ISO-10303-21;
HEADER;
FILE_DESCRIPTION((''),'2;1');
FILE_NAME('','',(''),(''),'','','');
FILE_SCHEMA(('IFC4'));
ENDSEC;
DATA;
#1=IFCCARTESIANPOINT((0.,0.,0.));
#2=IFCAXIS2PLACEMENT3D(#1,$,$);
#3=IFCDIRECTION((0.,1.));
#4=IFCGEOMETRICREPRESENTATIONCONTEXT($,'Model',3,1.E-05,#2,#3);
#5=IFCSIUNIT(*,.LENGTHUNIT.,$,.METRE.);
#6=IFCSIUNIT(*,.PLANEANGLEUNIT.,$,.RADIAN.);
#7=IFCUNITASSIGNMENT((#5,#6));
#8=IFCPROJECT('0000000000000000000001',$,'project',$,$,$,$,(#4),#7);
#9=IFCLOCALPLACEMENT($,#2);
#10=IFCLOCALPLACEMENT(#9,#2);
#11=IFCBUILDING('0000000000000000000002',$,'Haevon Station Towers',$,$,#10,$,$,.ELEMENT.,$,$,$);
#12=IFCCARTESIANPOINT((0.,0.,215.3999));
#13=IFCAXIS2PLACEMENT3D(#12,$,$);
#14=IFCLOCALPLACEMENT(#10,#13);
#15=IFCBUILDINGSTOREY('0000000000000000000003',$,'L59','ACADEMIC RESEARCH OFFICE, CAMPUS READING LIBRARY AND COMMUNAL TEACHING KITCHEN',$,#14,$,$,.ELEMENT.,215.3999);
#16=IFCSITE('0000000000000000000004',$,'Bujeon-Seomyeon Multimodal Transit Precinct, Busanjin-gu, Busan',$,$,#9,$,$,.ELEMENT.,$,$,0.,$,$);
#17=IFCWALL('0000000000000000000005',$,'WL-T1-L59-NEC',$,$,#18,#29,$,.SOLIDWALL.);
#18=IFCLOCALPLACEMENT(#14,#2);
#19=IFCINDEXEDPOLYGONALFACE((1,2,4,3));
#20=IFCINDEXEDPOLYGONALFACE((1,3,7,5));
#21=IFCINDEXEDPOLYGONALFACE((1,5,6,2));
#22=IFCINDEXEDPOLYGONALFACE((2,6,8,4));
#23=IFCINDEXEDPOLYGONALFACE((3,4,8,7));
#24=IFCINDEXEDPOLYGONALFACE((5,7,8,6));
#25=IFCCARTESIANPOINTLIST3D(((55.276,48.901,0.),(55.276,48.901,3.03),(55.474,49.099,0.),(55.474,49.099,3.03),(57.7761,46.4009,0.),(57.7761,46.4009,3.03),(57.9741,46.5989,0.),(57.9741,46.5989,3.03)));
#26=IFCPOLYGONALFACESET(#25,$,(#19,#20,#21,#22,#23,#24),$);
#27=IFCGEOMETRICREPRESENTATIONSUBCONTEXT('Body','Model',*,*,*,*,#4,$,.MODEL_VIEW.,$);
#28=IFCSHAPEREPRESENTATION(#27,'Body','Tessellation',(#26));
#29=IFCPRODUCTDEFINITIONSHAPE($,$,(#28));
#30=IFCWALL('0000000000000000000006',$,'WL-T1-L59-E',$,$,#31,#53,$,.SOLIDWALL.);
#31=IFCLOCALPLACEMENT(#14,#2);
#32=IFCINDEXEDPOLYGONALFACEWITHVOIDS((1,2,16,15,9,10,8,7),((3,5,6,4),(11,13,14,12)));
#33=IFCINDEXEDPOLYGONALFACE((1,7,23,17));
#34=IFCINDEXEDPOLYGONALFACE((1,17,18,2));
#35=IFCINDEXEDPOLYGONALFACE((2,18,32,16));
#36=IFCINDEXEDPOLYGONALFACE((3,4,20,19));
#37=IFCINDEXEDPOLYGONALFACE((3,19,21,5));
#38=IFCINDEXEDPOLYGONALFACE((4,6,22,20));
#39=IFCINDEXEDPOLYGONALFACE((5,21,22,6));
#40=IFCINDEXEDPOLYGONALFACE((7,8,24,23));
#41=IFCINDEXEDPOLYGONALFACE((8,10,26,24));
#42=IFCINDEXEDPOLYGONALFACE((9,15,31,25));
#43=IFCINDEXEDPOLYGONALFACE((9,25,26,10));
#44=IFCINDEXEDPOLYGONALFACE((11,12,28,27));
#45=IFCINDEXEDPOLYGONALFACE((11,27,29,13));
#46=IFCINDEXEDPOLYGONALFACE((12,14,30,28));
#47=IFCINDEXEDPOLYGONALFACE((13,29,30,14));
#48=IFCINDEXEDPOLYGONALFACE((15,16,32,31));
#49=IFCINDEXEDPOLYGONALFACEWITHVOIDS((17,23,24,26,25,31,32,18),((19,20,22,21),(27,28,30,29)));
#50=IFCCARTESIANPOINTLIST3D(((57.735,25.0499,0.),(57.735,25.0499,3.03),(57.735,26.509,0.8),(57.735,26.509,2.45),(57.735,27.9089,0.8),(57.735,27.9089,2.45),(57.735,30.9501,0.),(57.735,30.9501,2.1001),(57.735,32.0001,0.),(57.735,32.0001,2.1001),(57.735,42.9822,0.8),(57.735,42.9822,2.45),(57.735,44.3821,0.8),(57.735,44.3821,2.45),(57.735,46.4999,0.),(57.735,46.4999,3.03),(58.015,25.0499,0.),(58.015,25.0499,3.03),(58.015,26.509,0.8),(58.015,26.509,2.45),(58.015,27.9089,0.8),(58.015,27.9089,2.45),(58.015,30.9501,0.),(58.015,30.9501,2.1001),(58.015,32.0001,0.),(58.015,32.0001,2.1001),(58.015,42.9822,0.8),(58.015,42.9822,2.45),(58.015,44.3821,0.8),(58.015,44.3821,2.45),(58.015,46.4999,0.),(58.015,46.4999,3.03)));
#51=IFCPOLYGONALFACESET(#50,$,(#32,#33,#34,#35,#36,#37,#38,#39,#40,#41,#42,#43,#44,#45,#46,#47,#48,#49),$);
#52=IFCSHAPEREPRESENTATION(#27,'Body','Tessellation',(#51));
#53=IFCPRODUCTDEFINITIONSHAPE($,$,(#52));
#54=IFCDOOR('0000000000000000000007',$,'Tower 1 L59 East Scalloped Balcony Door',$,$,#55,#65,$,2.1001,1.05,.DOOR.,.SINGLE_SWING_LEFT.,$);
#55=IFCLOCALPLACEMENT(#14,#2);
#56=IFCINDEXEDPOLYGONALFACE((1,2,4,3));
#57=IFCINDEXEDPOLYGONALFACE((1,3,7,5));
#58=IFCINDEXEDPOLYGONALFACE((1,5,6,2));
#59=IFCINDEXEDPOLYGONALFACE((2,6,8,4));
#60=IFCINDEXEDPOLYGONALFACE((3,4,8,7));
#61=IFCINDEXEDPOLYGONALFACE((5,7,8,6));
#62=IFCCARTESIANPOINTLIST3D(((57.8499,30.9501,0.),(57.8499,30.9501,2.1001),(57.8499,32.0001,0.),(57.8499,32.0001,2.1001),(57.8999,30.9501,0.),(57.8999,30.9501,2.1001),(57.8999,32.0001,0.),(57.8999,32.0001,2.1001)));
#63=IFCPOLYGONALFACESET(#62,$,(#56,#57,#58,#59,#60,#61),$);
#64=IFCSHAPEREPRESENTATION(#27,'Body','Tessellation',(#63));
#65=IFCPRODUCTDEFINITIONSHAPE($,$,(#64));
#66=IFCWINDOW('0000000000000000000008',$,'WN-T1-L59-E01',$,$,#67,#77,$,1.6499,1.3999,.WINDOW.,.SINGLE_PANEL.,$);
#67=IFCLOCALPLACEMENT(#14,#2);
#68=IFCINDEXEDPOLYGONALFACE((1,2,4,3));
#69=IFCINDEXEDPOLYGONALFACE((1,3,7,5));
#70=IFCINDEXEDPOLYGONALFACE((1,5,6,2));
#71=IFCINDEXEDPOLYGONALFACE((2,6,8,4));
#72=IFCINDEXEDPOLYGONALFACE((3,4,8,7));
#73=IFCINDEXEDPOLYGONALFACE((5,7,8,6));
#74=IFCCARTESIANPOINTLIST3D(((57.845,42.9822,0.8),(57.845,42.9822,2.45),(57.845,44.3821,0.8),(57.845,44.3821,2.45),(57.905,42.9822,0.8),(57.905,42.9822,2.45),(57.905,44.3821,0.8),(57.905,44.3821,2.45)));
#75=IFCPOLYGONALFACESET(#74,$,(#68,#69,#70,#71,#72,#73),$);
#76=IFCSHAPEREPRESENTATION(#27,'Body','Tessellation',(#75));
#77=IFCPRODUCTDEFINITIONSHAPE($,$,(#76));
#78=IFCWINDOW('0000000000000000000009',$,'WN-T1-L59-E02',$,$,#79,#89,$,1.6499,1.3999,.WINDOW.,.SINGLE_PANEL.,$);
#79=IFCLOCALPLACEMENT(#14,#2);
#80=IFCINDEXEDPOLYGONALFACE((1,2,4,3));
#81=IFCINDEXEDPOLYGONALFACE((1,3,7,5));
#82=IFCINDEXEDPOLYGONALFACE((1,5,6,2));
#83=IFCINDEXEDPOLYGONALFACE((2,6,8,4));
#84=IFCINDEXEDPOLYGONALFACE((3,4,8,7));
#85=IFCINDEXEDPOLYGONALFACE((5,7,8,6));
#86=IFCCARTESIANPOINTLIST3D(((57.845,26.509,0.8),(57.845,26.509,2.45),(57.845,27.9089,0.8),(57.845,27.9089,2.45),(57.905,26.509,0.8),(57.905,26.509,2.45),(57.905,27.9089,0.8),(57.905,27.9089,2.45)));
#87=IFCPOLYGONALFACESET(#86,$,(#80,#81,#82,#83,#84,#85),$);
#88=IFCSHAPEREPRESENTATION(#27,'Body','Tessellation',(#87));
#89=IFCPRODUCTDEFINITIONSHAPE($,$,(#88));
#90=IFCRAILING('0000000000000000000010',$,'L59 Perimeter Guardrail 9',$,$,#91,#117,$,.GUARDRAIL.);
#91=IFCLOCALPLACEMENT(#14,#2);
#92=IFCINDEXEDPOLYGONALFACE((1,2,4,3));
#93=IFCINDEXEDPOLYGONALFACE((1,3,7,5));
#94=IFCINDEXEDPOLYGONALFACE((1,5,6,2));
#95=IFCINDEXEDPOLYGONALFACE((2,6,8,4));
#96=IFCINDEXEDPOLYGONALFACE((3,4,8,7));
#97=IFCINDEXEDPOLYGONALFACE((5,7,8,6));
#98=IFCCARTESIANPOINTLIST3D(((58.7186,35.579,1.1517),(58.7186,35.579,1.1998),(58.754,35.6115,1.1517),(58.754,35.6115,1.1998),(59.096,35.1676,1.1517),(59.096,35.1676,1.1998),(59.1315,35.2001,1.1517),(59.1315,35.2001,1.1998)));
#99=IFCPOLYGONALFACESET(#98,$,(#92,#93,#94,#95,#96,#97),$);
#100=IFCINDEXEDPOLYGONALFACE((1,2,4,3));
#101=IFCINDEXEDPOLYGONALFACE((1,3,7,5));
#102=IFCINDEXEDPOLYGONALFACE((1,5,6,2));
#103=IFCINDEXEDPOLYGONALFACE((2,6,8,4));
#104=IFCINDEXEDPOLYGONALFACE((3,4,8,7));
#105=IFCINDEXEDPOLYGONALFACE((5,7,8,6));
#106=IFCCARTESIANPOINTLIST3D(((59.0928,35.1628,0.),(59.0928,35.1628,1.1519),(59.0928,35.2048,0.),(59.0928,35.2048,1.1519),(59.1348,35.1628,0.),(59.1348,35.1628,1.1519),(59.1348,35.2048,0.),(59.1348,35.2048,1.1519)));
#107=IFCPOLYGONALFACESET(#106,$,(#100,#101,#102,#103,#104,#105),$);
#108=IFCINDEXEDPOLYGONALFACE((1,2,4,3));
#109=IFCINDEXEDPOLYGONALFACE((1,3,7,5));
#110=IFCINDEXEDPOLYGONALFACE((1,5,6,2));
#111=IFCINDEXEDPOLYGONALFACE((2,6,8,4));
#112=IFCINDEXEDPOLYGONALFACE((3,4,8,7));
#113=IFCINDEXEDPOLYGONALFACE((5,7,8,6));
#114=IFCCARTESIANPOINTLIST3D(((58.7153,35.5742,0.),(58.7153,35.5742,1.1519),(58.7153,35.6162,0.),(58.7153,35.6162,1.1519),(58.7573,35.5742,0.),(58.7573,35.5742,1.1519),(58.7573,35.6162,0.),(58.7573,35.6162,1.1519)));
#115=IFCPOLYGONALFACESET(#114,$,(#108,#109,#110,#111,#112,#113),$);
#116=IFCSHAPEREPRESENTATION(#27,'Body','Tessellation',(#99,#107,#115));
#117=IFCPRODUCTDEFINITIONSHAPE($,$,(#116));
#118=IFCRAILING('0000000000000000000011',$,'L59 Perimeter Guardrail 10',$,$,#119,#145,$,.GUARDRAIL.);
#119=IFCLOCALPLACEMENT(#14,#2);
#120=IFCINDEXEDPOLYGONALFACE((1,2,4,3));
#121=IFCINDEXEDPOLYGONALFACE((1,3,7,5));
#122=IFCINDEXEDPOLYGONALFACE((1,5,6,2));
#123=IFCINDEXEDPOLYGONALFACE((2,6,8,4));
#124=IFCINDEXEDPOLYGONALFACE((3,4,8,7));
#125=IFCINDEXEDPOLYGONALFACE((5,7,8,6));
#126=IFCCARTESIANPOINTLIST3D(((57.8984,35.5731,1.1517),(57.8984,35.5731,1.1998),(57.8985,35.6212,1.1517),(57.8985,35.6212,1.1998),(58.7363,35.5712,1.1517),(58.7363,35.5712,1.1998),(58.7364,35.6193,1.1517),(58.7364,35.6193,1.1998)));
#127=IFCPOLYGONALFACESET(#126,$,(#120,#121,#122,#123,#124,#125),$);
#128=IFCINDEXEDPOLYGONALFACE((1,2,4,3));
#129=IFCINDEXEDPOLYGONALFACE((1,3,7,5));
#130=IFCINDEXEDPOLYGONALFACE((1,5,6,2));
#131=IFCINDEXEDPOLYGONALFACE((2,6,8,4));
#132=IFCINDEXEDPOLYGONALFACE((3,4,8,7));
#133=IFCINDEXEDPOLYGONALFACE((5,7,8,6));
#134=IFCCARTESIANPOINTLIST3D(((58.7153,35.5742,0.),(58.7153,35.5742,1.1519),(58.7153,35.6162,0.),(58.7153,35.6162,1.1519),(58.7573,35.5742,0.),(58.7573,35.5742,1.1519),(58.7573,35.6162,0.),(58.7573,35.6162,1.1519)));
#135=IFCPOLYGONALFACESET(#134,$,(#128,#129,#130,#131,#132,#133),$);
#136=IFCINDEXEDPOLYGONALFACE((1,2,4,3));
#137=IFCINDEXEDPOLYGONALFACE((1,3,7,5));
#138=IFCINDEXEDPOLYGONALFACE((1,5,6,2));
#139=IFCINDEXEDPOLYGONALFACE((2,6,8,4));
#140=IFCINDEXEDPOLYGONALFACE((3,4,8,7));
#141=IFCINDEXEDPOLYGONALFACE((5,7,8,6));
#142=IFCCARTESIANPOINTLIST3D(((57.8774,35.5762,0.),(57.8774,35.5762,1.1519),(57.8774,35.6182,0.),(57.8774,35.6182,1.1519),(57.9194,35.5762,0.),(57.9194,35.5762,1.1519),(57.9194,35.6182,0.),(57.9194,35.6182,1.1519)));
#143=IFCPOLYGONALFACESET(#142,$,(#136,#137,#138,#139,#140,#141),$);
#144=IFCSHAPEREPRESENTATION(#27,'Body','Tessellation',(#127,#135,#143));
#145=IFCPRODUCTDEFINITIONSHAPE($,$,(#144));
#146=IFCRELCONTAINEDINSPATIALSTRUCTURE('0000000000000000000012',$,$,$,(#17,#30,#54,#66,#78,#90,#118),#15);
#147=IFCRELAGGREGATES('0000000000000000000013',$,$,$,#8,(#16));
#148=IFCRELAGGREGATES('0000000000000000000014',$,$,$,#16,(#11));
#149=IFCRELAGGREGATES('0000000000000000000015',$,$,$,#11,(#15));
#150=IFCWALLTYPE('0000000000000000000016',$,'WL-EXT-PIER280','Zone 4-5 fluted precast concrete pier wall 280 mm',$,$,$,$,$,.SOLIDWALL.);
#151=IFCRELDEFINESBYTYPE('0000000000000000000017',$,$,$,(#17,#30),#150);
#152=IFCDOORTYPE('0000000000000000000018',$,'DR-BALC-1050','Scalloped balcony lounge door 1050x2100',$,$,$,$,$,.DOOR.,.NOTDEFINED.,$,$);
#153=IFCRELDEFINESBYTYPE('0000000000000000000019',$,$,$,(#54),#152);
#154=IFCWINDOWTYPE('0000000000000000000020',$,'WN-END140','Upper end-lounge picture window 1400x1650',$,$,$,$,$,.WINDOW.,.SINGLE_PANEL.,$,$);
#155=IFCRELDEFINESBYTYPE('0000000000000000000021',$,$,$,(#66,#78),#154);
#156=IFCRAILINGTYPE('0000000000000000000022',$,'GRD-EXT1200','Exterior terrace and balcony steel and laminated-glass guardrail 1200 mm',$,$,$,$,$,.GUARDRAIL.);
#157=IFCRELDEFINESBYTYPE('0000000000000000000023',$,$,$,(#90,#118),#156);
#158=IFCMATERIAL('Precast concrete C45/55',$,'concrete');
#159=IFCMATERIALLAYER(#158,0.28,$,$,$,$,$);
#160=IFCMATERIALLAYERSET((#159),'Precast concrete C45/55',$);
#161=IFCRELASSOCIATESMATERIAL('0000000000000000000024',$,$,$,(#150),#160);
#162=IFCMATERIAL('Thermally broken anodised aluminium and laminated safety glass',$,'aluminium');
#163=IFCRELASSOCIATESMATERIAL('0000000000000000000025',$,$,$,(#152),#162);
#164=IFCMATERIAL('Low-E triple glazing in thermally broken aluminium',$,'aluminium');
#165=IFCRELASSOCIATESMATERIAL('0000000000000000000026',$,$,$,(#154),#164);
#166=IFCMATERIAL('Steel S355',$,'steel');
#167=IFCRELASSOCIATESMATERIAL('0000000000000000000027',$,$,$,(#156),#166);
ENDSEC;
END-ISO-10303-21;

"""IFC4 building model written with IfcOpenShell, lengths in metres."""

from ifc_helpers import new_model, si_unit, direction, frame, frame_2d, origin, origin_2d, place, context, subcontext, project, spatial, rectangle, extrude, material, layer, layer_set, type_object, element, fill, save


model = new_model("IFC4")

# Units and contexts
model_context = context("Model", 3, precision=1e-05, world=origin(), true_north=direction((0.0, 1.0)))
body_context = subcontext(model_context, "Body", "Model", "MODEL_VIEW")
ifc_project = project(units=[si_unit("LENGTHUNIT", "METRE"), si_unit("PLANEANGLEUNIT", "RADIAN")], contexts=[model_context])

# Site, building, storey
site_placement = place(None, origin())
site = spatial("IfcSite", under=ifc_project, at=site_placement, Name="Bujeon-Seomyeon Multimodal Transit Precinct, Busanjin-gu, Busan", CompositionType="ELEMENT", RefElevation=0.0)
building_placement = place(site_placement, origin())
building = spatial("IfcBuilding", under=site, at=building_placement, Name="Haevon Station Towers", CompositionType="ELEMENT")
storey_placement = place(building_placement, frame((0.0, 0.0, 215.3999)))
storey = spatial("IfcBuildingStorey", under=building, at=storey_placement, Name="L59", Description="ACADEMIC RESEARCH OFFICE, CAMPUS READING LIBRARY AND COMMUNAL TEACHING KITCHEN", CompositionType="ELEMENT", Elevation=215.3999)

# Shared definitions
ifc_material_1 = material(Name="Steel S355", Category="steel")

# Wall
ifc_material_2 = material(Name="Precast concrete C45/55", Category="concrete")
ifc_layer_1 = layer(ifc_material_2, 0.28)
ifc_layer_set_1 = layer_set([ifc_layer_1], Name="Precast concrete C45/55")
wall_type_1 = type_object("IfcWallType", Name="WL-EXT-PIER280", Description="Zone 4-5 fluted precast concrete pier wall 280 mm", PredefinedType="SOLIDWALL", material=ifc_layer_set_1)
wall_1_placement = place(storey_placement, frame((55.375, 49.0, 0.0), z_axis=(0.0, 0.0, 1.0), x_axis=(0.707107, -0.707107, 0.0)))
element("IfcWall", 1, at=wall_1_placement, inside=storey, type_object=wall_type_1, Name="WL-T1-L59-NEC", PredefinedType="SOLIDWALL", context=body_context, shape_type="SweptSolid", body=[
    extrude(rectangle(XDim=3.5356, YDim=0.28, at=frame_2d((1.7678, 0.0))), origin(), (0.0, 0.0, 1.0), 3.03),
])

# Wall, openings, door, windows
wall_2_placement = place(storey_placement, frame((57.875, 46.5, 0.0), z_axis=(0.0, 0.0, 1.0), x_axis=(0.0, -1.0, 0.0)))
wall_2 = element("IfcWall", 2, at=wall_2_placement, inside=storey, type_object=wall_type_1, Name="WL-T1-L59-E", PredefinedType="SOLIDWALL", context=body_context, shape_type="SweptSolid", body=[
    extrude(rectangle(XDim=21.45, YDim=0.28, at=frame_2d((10.7251, 0.0))), origin(), (0.0, 0.0, 1.0), 3.03),
])
opening_1_placement = place(wall_2_placement, frame((14.5, 0.0, 0.0)))
opening_1 = element("IfcOpeningElement", 3, at=opening_1_placement, cuts=wall_2, PredefinedType="OPENING", context=body_context, shape_type="SweptSolid", body=[
    extrude(rectangle(XDim=1.05, YDim=2.1001, at=frame_2d((0.5249, 1.05))), frame((0.0, 0.1499, 0.0), z_axis=(0.0, -1.0, 0.0), x_axis=(1.0, 0.0, 0.0)), (0.0, 0.0, 1.0), 0.3),
])
opening_2_placement = place(wall_2_placement, frame((2.1179, 0.0, 0.8)))
opening_2 = element("IfcOpeningElement", 4, at=opening_2_placement, cuts=wall_2, PredefinedType="OPENING", context=body_context, shape_type="SweptSolid", body=[
    extrude(rectangle(XDim=1.3999, YDim=1.6499, at=frame_2d((0.7, 0.825))), frame((0.0, 0.1499, 0.0), z_axis=(0.0, -1.0, 0.0), x_axis=(1.0, 0.0, 0.0)), (0.0, 0.0, 1.0), 0.3),
])
opening_3_placement = place(wall_2_placement, frame((18.5911, 0.0, 0.8)))
opening_3 = element("IfcOpeningElement", 5, at=opening_3_placement, cuts=wall_2, PredefinedType="OPENING", context=body_context, shape_type="SweptSolid", body=[
    extrude(rectangle(XDim=1.3999, YDim=1.6499, at=frame_2d((0.7, 0.825))), frame((0.0, 0.1499, 0.0), z_axis=(0.0, -1.0, 0.0), x_axis=(1.0, 0.0, 0.0)), (0.0, 0.0, 1.0), 0.3),
])
ifc_material_3 = material(Name="Thermally broken anodised aluminium and laminated safety glass", Category="aluminium")
door_type = type_object("IfcDoorType", Name="DR-BALC-1050", Description="Scalloped balcony lounge door 1050x2100", OperationType="NOTDEFINED", PredefinedType="DOOR", material=ifc_material_3)
door_placement = place(opening_1_placement, origin())
door = element("IfcDoor", 6, at=door_placement, inside=storey, type_object=door_type, Name="Tower 1 L59 East Scalloped Balcony Door", OperationType="SINGLE_SWING_LEFT", OverallHeight=2.1001, OverallWidth=1.05, PredefinedType="DOOR", context=body_context, shape_type="SweptSolid", body=[
    extrude(rectangle(XDim=1.05, YDim=2.1001, at=frame_2d((0.5249, 1.05))), frame((0.0, 0.0249, 0.0), z_axis=(0.0, -1.0, 0.0), x_axis=(1.0, 0.0, 0.0)), (0.0, 0.0, 1.0), 0.05),
])
fill(opening_1, door)
ifc_material_4 = material(Name="Low-E triple glazing in thermally broken aluminium", Category="aluminium")
window_type = type_object("IfcWindowType", Name="WN-END140", Description="Upper end-lounge picture window 1400x1650", PartitioningType="SINGLE_PANEL", PredefinedType="WINDOW", material=ifc_material_4)
window_1_placement = place(opening_2_placement, origin())
window_1 = element("IfcWindow", 7, at=window_1_placement, inside=storey, type_object=window_type, Name="WN-T1-L59-E01", OverallHeight=1.6499, OverallWidth=1.3999, PartitioningType="SINGLE_PANEL", PredefinedType="WINDOW", context=body_context, shape_type="SweptSolid", body=[
    extrude(rectangle(XDim=1.3999, YDim=1.6499, at=frame_2d((0.7, 0.825))), frame((0.0, 0.03, 0.0), z_axis=(0.0, -1.0, 0.0), x_axis=(1.0, 0.0, 0.0)), (0.0, 0.0, 1.0), 0.0601),
])
fill(opening_2, window_1)
window_2_placement = place(opening_3_placement, origin())
window_2 = element("IfcWindow", 8, at=window_2_placement, inside=storey, type_object=window_type, Name="WN-T1-L59-E02", OverallHeight=1.6499, OverallWidth=1.3999, PartitioningType="SINGLE_PANEL", PredefinedType="WINDOW", context=body_context, shape_type="SweptSolid", body=[
    extrude(rectangle(XDim=1.3999, YDim=1.6499, at=frame_2d((0.7, 0.825))), frame((0.0, 0.03, 0.0), z_axis=(0.0, -1.0, 0.0), x_axis=(1.0, 0.0, 0.0)), (0.0, 0.0, 1.0), 0.0601),
])
fill(opening_3, window_2)

# Railings
railing_type = type_object("IfcRailingType", Name="GRD-EXT1200", Description="Exterior terrace and balcony steel and laminated-glass guardrail 1200 mm", PredefinedType="GUARDRAIL", material=ifc_material_1)
railing_1_placement = place(storey_placement, frame((59.1138, 35.1838, 0.0)))
element("IfcRailing", 9, at=railing_1_placement, inside=storey, type_object=railing_type, Name="L59 Perimeter Guardrail 9", PredefinedType="GUARDRAIL", context=body_context, shape_type="SweptSolid", body=[
    extrude(rectangle(XDim=0.0481, YDim=0.0481, at=origin_2d()), frame((0.0, 0.0, 1.1758), z_axis=(-0.676061, 0.736845, 0.0), x_axis=(-0.736845, -0.676061, 0.0)), (0.0, 0.0, 1.0), 0.5583),
    extrude(rectangle(XDim=0.042, YDim=0.042, at=origin_2d()), origin(), (0.0, 0.0, 1.0), 1.1519),
    extrude(rectangle(XDim=0.042, YDim=0.042, at=origin_2d()), frame((-0.3774, 0.4114, 0.0)), (0.0, 0.0, 1.0), 1.1519),
])
railing_2_placement = place(storey_placement, frame((58.7363, 35.5952, 0.0)))
element("IfcRailing", 10, at=railing_2_placement, inside=storey, type_object=railing_type, Name="L59 Perimeter Guardrail 10", PredefinedType="GUARDRAIL", context=body_context, shape_type="SweptSolid", body=[
    extrude(rectangle(XDim=0.0481, YDim=0.0481, at=origin_2d()), frame((0.0, 0.0, 1.1758), z_axis=(-0.999997, 0.002331, 0.0), x_axis=(-0.002331, -0.999997, 0.0)), (0.0, 0.0, 1.0), 0.8379),
    extrude(rectangle(XDim=0.042, YDim=0.042, at=origin_2d()), origin(), (0.0, 0.0, 1.0), 1.1519),
    extrude(rectangle(XDim=0.042, YDim=0.042, at=origin_2d()), frame((-0.8379, 0.002, 0.0)), (0.0, 0.0, 1.0), 1.1519),
])

save(model, "model.ifc")
